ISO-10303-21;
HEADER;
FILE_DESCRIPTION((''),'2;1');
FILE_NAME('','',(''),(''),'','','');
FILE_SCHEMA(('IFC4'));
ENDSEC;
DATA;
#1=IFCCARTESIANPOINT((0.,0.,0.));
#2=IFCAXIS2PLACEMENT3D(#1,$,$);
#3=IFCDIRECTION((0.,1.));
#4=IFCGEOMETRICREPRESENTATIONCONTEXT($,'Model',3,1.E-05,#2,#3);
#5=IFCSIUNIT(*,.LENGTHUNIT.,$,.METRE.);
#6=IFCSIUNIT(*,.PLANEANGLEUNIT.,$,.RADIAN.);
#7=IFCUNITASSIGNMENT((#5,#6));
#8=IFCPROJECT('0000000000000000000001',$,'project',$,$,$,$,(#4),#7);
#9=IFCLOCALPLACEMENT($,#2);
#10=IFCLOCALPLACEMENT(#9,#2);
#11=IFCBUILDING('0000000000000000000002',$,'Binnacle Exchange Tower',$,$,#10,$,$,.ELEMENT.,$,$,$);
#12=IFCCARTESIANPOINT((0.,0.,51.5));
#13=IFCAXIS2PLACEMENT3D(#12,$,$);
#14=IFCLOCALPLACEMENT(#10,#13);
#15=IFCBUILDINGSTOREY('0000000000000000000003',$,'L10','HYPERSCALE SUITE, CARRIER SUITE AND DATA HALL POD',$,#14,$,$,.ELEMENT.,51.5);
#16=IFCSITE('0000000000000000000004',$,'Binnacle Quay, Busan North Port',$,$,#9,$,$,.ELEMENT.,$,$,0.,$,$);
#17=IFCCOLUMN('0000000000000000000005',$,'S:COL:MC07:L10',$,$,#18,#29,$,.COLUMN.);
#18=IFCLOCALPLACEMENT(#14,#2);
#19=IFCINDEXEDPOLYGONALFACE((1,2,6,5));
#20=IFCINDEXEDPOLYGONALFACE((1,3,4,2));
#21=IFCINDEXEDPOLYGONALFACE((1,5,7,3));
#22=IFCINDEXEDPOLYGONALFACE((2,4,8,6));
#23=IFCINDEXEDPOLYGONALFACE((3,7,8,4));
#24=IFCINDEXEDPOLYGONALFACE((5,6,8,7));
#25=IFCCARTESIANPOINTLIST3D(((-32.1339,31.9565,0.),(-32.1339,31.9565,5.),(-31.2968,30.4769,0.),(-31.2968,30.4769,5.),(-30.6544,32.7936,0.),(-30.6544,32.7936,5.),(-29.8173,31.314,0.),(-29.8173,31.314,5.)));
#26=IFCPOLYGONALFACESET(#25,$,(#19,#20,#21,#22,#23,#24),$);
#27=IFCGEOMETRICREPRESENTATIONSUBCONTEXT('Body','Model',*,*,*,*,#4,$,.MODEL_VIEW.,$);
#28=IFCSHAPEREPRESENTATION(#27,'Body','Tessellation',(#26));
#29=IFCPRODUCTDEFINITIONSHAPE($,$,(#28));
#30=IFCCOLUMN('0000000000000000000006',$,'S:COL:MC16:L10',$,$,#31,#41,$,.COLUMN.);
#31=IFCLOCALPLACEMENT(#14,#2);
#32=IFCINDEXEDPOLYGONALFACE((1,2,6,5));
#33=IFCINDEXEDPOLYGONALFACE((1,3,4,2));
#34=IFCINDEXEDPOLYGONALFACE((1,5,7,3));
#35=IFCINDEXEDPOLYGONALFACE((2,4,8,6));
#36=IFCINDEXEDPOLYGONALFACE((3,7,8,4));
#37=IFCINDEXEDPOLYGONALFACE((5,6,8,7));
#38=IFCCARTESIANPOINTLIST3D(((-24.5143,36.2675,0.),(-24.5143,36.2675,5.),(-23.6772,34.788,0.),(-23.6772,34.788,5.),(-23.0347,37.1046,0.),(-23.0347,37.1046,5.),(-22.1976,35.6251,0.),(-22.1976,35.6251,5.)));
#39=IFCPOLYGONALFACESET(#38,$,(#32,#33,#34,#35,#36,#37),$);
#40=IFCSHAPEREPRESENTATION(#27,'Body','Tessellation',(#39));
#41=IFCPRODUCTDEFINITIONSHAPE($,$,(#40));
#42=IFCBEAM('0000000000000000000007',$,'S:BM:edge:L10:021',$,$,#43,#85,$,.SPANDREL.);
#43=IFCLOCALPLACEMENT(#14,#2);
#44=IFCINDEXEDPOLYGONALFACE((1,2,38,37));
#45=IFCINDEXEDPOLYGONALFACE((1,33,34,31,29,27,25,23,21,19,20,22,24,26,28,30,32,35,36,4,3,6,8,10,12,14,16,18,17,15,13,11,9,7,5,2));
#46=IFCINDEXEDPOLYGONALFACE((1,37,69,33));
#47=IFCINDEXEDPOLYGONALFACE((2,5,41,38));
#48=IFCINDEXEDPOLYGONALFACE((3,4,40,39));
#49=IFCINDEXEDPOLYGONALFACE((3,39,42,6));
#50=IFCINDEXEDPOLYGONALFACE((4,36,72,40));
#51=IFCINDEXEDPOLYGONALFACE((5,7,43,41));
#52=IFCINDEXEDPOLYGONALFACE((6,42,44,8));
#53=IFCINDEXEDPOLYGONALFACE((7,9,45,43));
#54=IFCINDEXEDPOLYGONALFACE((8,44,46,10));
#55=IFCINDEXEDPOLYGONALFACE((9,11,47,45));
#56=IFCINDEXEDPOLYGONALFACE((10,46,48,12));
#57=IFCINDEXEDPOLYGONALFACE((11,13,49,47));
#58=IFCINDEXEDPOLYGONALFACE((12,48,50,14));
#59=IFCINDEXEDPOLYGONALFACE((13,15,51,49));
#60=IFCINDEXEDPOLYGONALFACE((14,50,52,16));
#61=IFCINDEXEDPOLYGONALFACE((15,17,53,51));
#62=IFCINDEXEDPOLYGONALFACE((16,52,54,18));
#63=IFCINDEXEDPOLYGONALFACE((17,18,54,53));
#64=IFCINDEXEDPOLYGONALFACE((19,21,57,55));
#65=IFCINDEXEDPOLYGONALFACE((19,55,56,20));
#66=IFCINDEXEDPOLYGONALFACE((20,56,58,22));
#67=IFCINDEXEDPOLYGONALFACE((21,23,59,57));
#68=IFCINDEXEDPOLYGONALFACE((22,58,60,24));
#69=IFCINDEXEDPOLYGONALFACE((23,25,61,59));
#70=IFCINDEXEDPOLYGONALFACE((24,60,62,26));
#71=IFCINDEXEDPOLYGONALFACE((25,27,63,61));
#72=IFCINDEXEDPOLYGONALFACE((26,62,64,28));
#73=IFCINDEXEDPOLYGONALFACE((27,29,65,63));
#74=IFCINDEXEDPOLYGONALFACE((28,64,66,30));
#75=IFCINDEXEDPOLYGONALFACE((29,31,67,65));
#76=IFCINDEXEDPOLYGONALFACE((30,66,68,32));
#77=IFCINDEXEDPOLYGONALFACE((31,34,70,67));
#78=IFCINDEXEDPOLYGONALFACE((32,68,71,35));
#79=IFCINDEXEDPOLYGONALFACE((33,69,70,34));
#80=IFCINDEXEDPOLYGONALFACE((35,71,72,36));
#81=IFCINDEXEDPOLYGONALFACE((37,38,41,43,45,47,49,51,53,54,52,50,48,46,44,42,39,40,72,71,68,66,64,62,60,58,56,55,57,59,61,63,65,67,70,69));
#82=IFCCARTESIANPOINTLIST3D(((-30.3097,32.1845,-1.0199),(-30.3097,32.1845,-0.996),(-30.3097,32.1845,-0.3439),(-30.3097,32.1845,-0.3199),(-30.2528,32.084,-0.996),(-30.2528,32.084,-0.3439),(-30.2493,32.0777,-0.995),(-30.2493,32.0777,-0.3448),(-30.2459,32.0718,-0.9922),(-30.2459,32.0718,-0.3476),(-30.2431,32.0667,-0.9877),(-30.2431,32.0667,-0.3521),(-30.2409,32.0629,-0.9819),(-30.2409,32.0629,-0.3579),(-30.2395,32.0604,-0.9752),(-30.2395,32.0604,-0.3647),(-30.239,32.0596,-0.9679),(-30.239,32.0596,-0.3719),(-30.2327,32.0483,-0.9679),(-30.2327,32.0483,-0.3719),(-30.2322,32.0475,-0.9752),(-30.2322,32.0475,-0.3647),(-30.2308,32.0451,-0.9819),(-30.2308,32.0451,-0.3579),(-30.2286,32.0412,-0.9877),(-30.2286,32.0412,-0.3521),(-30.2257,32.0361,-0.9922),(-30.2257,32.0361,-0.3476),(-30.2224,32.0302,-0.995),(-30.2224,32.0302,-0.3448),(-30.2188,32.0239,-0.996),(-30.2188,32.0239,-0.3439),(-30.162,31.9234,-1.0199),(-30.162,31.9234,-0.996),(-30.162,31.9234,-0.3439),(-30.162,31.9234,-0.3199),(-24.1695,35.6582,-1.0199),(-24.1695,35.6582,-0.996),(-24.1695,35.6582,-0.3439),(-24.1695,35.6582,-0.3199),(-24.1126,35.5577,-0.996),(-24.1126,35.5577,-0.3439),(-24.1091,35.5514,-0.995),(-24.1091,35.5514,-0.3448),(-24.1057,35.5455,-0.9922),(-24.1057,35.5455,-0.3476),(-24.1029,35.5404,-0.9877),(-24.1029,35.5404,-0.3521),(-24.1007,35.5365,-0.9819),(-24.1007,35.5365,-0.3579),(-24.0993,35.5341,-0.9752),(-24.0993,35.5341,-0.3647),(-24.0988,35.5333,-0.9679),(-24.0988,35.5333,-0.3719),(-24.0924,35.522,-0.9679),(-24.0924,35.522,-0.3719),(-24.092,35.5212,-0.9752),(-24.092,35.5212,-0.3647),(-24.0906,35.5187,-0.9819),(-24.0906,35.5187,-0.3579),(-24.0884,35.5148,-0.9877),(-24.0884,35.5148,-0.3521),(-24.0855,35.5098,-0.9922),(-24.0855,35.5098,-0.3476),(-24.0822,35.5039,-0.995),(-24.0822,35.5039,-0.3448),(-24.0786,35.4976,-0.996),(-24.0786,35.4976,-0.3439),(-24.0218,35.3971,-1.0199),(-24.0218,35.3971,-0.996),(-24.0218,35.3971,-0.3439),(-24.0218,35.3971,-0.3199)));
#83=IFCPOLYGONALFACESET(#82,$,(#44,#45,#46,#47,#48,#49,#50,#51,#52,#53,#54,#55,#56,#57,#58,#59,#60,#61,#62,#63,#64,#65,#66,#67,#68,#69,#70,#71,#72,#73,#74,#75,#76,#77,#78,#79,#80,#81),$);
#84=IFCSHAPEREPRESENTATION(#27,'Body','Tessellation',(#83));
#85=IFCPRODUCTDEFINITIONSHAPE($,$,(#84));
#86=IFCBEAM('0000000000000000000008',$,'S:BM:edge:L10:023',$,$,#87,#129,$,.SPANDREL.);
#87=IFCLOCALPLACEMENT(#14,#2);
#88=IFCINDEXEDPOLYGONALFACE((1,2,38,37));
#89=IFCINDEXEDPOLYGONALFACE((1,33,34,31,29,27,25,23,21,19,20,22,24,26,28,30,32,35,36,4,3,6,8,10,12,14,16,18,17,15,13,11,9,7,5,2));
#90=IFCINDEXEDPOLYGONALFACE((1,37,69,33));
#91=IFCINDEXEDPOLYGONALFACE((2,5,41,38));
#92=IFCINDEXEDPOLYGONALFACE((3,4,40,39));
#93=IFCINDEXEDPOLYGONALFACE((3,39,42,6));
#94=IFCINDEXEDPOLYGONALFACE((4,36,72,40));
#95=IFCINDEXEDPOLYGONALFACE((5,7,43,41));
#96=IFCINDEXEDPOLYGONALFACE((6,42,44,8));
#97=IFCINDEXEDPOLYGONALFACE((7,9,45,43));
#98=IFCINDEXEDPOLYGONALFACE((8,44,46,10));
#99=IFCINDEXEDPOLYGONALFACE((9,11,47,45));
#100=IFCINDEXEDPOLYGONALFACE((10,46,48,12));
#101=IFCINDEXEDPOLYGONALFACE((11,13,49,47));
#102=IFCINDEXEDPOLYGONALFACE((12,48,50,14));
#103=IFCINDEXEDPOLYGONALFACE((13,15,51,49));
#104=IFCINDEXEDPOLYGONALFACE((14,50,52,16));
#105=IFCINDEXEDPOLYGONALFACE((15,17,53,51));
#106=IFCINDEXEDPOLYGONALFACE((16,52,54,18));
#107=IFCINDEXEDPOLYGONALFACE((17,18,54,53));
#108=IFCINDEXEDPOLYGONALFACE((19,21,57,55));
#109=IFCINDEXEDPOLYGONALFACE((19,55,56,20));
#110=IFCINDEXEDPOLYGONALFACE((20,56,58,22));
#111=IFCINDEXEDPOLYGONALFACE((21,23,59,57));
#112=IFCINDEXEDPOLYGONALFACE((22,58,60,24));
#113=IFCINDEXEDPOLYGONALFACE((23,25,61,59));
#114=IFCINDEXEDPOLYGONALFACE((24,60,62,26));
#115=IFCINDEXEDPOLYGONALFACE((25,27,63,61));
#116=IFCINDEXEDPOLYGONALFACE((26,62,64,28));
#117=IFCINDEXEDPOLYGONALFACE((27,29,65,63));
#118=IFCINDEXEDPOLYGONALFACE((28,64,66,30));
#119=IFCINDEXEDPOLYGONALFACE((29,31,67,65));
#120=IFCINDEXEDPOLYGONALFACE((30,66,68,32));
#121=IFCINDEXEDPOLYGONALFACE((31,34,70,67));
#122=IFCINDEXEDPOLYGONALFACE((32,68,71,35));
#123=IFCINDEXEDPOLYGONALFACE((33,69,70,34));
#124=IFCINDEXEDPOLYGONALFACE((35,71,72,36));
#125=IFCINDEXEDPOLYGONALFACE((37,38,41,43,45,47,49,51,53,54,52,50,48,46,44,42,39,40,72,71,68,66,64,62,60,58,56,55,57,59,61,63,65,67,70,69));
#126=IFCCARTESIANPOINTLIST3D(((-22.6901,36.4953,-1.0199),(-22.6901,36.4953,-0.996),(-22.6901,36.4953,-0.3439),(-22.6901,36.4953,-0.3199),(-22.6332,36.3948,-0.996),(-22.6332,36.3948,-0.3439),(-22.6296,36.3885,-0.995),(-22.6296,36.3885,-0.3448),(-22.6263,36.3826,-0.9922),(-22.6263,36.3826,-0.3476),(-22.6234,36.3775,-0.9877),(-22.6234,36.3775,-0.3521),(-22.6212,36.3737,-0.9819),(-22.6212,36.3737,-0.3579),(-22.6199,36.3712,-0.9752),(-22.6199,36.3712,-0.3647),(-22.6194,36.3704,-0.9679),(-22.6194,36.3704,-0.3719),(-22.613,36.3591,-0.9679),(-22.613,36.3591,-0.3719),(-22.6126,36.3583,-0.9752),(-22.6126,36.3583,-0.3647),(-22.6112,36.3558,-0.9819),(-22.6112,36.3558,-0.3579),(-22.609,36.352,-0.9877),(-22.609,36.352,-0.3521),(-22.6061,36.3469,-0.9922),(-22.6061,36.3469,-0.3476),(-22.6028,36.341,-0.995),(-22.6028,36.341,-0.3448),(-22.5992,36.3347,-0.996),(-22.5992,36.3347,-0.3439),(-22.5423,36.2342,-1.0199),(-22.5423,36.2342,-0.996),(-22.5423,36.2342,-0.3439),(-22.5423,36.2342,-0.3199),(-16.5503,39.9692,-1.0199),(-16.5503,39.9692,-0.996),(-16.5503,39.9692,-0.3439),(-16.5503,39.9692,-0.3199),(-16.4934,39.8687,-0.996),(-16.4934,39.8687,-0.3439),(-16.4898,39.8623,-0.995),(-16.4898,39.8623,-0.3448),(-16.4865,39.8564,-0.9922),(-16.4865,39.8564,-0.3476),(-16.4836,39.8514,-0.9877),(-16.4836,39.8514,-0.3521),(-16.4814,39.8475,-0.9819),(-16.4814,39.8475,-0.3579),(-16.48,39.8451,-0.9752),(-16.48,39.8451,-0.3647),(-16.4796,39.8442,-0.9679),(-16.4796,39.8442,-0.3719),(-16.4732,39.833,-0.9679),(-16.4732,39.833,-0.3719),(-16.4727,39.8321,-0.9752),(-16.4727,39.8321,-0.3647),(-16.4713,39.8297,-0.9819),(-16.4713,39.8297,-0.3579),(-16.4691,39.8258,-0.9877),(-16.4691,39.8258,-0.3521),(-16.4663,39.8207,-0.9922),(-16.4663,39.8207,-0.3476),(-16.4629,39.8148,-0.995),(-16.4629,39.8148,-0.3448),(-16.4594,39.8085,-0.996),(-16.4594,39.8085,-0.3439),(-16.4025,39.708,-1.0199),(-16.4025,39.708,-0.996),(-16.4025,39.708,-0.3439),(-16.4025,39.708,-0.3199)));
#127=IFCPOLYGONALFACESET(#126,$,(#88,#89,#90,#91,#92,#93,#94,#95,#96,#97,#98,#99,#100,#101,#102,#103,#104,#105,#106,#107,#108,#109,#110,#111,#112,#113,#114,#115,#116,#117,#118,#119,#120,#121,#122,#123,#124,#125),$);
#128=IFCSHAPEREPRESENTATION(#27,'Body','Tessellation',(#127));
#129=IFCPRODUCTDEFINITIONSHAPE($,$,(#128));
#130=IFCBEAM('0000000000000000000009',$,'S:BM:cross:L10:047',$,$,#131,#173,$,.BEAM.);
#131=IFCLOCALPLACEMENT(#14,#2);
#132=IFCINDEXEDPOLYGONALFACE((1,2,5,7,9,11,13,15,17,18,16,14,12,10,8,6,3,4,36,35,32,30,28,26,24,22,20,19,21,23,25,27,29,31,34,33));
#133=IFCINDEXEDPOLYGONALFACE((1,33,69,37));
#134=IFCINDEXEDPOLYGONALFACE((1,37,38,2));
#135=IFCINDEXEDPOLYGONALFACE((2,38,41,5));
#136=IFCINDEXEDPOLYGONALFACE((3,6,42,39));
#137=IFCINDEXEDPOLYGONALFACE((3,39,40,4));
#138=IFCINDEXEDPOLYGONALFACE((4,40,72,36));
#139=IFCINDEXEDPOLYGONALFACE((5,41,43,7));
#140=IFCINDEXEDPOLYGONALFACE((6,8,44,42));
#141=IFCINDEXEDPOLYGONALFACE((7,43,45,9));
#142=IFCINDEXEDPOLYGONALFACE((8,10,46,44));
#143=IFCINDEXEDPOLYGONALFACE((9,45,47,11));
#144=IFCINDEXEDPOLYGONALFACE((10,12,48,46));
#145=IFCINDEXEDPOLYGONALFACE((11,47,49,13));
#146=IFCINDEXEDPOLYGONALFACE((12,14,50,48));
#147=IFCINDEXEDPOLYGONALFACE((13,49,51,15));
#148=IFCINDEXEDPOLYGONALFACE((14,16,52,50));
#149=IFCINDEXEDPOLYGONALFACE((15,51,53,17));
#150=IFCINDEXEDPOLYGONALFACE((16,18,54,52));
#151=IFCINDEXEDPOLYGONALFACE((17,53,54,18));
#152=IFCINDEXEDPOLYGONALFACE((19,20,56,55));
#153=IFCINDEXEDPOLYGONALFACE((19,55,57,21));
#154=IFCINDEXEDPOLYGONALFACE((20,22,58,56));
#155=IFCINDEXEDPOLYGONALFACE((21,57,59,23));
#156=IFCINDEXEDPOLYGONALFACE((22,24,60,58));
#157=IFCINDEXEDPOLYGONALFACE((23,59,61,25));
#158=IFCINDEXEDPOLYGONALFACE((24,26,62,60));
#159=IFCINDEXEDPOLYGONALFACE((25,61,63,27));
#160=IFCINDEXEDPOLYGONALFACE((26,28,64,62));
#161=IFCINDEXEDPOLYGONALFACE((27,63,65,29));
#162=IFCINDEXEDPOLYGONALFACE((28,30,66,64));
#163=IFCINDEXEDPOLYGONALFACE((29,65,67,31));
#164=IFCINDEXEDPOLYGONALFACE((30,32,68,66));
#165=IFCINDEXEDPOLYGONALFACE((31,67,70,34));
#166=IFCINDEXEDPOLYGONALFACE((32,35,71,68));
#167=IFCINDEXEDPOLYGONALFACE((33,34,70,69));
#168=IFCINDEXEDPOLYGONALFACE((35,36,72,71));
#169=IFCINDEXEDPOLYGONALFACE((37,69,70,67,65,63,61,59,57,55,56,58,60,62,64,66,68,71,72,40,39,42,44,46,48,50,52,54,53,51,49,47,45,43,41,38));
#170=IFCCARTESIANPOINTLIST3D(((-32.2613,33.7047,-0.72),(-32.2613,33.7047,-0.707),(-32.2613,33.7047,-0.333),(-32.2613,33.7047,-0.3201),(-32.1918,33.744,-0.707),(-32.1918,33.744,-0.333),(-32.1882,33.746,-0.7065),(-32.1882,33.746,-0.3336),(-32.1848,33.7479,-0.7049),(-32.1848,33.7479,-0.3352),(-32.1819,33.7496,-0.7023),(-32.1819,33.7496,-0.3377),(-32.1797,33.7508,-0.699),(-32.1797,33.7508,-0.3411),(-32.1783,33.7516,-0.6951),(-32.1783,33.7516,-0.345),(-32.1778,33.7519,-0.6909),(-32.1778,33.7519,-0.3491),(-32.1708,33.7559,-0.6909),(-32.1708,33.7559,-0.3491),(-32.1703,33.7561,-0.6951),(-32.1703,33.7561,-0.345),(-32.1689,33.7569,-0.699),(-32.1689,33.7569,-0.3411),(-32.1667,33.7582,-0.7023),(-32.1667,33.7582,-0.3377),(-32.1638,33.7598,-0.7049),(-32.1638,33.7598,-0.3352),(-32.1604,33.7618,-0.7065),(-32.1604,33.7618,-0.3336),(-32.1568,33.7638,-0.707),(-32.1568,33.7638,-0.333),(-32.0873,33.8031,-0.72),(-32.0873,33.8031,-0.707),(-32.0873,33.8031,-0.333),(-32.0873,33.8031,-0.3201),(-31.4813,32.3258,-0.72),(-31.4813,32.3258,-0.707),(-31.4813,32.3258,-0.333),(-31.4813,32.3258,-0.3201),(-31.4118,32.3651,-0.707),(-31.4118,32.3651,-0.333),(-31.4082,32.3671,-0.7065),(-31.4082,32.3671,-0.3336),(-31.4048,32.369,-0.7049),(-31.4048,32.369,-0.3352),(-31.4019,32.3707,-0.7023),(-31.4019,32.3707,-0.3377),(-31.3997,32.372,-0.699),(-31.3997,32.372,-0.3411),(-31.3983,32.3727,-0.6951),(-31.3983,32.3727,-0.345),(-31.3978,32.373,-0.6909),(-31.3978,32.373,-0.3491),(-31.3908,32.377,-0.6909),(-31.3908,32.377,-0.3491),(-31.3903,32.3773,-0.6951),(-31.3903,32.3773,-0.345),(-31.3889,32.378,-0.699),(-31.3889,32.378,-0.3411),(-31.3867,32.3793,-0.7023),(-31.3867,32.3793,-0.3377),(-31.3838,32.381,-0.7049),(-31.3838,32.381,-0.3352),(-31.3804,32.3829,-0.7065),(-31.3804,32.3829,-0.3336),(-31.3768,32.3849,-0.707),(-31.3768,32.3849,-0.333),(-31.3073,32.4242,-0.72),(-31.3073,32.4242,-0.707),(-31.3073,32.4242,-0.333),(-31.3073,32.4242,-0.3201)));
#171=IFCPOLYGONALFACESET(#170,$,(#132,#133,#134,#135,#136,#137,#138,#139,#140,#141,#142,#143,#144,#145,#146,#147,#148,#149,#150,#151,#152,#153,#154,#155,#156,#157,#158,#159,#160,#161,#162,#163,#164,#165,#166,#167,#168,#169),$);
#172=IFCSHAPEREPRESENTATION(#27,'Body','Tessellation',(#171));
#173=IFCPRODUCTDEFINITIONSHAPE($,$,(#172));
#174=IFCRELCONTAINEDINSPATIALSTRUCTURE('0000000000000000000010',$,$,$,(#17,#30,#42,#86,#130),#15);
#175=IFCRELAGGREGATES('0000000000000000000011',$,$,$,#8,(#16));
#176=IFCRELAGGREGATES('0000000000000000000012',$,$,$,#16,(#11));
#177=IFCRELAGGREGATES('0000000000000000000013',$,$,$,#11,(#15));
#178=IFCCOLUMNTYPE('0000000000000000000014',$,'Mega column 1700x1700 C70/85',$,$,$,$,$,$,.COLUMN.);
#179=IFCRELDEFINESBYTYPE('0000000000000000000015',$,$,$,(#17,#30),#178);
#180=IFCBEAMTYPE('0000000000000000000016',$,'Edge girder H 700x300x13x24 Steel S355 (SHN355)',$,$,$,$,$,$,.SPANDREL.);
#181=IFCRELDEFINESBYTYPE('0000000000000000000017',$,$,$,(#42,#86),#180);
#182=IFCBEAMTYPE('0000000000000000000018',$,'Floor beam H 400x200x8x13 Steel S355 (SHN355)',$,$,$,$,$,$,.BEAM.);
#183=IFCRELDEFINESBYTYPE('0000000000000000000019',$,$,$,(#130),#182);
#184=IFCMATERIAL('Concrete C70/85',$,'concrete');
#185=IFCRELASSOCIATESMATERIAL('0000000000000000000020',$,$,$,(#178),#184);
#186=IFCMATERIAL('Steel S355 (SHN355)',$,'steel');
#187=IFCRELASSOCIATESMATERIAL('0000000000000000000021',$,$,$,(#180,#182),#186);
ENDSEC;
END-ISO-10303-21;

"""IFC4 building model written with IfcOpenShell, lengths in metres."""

from ifc_helpers import new_model, si_unit, direction, frame, origin, origin_2d, place, context, subcontext, project, spatial, rectangle, i_section, extrude, material, material_profile, profile_set, type_object, element, save


model = new_model("IFC4")

# Units and contexts
model_context = context("Model", 3, precision=1e-05, world=origin(), true_north=direction((0.0, 1.0)))
body_context = subcontext(model_context, "Body", "Model", "MODEL_VIEW")
ifc_project = project(units=[si_unit("LENGTHUNIT", "METRE"), si_unit("PLANEANGLEUNIT", "RADIAN")], contexts=[model_context])

# Site, building, storey
site_placement = place(None, origin())
site = spatial("IfcSite", under=ifc_project, at=site_placement, Name="Binnacle Quay, Busan North Port", CompositionType="ELEMENT", RefElevation=0.0)
building_placement = place(site_placement, origin())
building = spatial("IfcBuilding", under=site, at=building_placement, Name="Binnacle Exchange Tower", CompositionType="ELEMENT")
storey_placement = place(building_placement, frame((0.0, 0.0, 51.5)))
storey = spatial("IfcBuildingStorey", under=building, at=storey_placement, Name="L10", Description="HYPERSCALE SUITE, CARRIER SUITE AND DATA HALL POD", CompositionType="ELEMENT", Elevation=51.5)

# Columns
ifc_material_1 = material(Name="Concrete C70/85", Category="concrete")
ifc_material_profile_1 = material_profile(ifc_material_1, rectangle(XDim=1.7, YDim=1.7, at=origin_2d()), Name="Mega column 1700x1700 C70/85")
ifc_profile_set_1 = profile_set([ifc_material_profile_1], Name="Concrete C70/85")
column_type = type_object("IfcColumnType", Name="Mega column 1700x1700 C70/85", PredefinedType="COLUMN", material=ifc_profile_set_1)
for number, where, z_axis, x_axis, name in (
    (1, (-30.9756, 31.6353, 0.0), (0.0, 0.0, 1.0), (0.870356, 0.492424, 0.0), "S:COL:MC07:L10"),
    (2, (-23.356, 35.9463, 0.0), (0.0, 0.0, 1.0), (0.870356, 0.492424, 0.0), "S:COL:MC16:L10"),
):
    element("IfcColumn", number, at=place(storey_placement, frame(where, z_axis=z_axis, x_axis=x_axis)), inside=storey, type_object=column_type, Name=name, PredefinedType="COLUMN", context=body_context, shape_type="SweptSolid", body=[
        extrude(rectangle(XDim=1.7, YDim=1.7, at=origin_2d()), origin(), (0.0, 0.0, 1.0), 5.0),
    ])

# Beams
ifc_material_2 = material(Name="Steel S355 (SHN355)", Category="steel")
ifc_material_profile_2 = material_profile(ifc_material_2, i_section(OverallWidth=0.3, OverallDepth=0.7, WebThickness=0.0129, FlangeThickness=0.0239, FilletRadius=0.0281, at=origin_2d()), Name="H 700x300x13x24")
ifc_profile_set_2 = profile_set([ifc_material_profile_2], Name="Steel S355 (SHN355)")
beam_type_1 = type_object("IfcBeamType", Name="Edge girder H 700x300x13x24 Steel S355 (SHN355)", PredefinedType="SPANDREL", material=ifc_profile_set_2)
beam_1_placement = place(storey_placement, frame((-30.2358, 32.054, -0.6699), z_axis=(0.870373, 0.492392, 0.0), x_axis=(-0.492392, 0.870373, 0.0)))
element("IfcBeam", 3, at=beam_1_placement, inside=storey, type_object=beam_type_1, Name="S:BM:edge:L10:021", PredefinedType="SPANDREL", context=body_context, shape_type="SweptSolid", body=[
    extrude(i_section(OverallWidth=0.3, OverallDepth=0.7, WebThickness=0.0129, FlangeThickness=0.0239, FilletRadius=0.0281, at=origin_2d()), origin(), (0.0, 0.0, 1.0), 7.0547),
])
beam_2_placement = place(storey_placement, frame((-22.6162, 36.3647, -0.6699), z_axis=(0.87035, 0.492434, 0.0), x_axis=(-0.492434, 0.87035, 0.0)))
element("IfcBeam", 4, at=beam_2_placement, inside=storey, type_object=beam_type_1, Name="S:BM:edge:L10:023", PredefinedType="SPANDREL", context=body_context, shape_type="SweptSolid", body=[
    extrude(i_section(OverallWidth=0.3, OverallDepth=0.7, WebThickness=0.0129, FlangeThickness=0.0239, FilletRadius=0.0281, at=origin_2d()), origin(), (0.0, 0.0, 1.0), 7.0544),
])
ifc_material_profile_3 = material_profile(ifc_material_2, i_section(OverallWidth=0.2, OverallDepth=0.3999, WebThickness=0.0081, FlangeThickness=0.0129, FilletRadius=0.0161, at=origin_2d()), Name="H 400x200x8x13")
ifc_profile_set_3 = profile_set([ifc_material_profile_3], Name="Steel S355 (SHN355)")
beam_type_2 = type_object("IfcBeamType", Name="Floor beam H 400x200x8x13 Steel S355 (SHN355)", PredefinedType="BEAM", material=ifc_profile_set_3)
beam_3_placement = place(storey_placement, frame((-31.3943, 32.375, -0.52), z_axis=(-0.492367, 0.870388, 0.0), x_axis=(-0.870388, -0.492367, 0.0)))
element("IfcBeam", 5, at=beam_3_placement, inside=storey, type_object=beam_type_2, Name="S:BM:cross:L10:047", PredefinedType="BEAM", context=body_context, shape_type="SweptSolid", body=[
    extrude(i_section(OverallWidth=0.2, OverallDepth=0.3999, WebThickness=0.0081, FlangeThickness=0.0129, FilletRadius=0.0161, at=origin_2d()), origin(), (0.0, 0.0, 1.0), 1.5842),
])

save(model, "model.ifc")
